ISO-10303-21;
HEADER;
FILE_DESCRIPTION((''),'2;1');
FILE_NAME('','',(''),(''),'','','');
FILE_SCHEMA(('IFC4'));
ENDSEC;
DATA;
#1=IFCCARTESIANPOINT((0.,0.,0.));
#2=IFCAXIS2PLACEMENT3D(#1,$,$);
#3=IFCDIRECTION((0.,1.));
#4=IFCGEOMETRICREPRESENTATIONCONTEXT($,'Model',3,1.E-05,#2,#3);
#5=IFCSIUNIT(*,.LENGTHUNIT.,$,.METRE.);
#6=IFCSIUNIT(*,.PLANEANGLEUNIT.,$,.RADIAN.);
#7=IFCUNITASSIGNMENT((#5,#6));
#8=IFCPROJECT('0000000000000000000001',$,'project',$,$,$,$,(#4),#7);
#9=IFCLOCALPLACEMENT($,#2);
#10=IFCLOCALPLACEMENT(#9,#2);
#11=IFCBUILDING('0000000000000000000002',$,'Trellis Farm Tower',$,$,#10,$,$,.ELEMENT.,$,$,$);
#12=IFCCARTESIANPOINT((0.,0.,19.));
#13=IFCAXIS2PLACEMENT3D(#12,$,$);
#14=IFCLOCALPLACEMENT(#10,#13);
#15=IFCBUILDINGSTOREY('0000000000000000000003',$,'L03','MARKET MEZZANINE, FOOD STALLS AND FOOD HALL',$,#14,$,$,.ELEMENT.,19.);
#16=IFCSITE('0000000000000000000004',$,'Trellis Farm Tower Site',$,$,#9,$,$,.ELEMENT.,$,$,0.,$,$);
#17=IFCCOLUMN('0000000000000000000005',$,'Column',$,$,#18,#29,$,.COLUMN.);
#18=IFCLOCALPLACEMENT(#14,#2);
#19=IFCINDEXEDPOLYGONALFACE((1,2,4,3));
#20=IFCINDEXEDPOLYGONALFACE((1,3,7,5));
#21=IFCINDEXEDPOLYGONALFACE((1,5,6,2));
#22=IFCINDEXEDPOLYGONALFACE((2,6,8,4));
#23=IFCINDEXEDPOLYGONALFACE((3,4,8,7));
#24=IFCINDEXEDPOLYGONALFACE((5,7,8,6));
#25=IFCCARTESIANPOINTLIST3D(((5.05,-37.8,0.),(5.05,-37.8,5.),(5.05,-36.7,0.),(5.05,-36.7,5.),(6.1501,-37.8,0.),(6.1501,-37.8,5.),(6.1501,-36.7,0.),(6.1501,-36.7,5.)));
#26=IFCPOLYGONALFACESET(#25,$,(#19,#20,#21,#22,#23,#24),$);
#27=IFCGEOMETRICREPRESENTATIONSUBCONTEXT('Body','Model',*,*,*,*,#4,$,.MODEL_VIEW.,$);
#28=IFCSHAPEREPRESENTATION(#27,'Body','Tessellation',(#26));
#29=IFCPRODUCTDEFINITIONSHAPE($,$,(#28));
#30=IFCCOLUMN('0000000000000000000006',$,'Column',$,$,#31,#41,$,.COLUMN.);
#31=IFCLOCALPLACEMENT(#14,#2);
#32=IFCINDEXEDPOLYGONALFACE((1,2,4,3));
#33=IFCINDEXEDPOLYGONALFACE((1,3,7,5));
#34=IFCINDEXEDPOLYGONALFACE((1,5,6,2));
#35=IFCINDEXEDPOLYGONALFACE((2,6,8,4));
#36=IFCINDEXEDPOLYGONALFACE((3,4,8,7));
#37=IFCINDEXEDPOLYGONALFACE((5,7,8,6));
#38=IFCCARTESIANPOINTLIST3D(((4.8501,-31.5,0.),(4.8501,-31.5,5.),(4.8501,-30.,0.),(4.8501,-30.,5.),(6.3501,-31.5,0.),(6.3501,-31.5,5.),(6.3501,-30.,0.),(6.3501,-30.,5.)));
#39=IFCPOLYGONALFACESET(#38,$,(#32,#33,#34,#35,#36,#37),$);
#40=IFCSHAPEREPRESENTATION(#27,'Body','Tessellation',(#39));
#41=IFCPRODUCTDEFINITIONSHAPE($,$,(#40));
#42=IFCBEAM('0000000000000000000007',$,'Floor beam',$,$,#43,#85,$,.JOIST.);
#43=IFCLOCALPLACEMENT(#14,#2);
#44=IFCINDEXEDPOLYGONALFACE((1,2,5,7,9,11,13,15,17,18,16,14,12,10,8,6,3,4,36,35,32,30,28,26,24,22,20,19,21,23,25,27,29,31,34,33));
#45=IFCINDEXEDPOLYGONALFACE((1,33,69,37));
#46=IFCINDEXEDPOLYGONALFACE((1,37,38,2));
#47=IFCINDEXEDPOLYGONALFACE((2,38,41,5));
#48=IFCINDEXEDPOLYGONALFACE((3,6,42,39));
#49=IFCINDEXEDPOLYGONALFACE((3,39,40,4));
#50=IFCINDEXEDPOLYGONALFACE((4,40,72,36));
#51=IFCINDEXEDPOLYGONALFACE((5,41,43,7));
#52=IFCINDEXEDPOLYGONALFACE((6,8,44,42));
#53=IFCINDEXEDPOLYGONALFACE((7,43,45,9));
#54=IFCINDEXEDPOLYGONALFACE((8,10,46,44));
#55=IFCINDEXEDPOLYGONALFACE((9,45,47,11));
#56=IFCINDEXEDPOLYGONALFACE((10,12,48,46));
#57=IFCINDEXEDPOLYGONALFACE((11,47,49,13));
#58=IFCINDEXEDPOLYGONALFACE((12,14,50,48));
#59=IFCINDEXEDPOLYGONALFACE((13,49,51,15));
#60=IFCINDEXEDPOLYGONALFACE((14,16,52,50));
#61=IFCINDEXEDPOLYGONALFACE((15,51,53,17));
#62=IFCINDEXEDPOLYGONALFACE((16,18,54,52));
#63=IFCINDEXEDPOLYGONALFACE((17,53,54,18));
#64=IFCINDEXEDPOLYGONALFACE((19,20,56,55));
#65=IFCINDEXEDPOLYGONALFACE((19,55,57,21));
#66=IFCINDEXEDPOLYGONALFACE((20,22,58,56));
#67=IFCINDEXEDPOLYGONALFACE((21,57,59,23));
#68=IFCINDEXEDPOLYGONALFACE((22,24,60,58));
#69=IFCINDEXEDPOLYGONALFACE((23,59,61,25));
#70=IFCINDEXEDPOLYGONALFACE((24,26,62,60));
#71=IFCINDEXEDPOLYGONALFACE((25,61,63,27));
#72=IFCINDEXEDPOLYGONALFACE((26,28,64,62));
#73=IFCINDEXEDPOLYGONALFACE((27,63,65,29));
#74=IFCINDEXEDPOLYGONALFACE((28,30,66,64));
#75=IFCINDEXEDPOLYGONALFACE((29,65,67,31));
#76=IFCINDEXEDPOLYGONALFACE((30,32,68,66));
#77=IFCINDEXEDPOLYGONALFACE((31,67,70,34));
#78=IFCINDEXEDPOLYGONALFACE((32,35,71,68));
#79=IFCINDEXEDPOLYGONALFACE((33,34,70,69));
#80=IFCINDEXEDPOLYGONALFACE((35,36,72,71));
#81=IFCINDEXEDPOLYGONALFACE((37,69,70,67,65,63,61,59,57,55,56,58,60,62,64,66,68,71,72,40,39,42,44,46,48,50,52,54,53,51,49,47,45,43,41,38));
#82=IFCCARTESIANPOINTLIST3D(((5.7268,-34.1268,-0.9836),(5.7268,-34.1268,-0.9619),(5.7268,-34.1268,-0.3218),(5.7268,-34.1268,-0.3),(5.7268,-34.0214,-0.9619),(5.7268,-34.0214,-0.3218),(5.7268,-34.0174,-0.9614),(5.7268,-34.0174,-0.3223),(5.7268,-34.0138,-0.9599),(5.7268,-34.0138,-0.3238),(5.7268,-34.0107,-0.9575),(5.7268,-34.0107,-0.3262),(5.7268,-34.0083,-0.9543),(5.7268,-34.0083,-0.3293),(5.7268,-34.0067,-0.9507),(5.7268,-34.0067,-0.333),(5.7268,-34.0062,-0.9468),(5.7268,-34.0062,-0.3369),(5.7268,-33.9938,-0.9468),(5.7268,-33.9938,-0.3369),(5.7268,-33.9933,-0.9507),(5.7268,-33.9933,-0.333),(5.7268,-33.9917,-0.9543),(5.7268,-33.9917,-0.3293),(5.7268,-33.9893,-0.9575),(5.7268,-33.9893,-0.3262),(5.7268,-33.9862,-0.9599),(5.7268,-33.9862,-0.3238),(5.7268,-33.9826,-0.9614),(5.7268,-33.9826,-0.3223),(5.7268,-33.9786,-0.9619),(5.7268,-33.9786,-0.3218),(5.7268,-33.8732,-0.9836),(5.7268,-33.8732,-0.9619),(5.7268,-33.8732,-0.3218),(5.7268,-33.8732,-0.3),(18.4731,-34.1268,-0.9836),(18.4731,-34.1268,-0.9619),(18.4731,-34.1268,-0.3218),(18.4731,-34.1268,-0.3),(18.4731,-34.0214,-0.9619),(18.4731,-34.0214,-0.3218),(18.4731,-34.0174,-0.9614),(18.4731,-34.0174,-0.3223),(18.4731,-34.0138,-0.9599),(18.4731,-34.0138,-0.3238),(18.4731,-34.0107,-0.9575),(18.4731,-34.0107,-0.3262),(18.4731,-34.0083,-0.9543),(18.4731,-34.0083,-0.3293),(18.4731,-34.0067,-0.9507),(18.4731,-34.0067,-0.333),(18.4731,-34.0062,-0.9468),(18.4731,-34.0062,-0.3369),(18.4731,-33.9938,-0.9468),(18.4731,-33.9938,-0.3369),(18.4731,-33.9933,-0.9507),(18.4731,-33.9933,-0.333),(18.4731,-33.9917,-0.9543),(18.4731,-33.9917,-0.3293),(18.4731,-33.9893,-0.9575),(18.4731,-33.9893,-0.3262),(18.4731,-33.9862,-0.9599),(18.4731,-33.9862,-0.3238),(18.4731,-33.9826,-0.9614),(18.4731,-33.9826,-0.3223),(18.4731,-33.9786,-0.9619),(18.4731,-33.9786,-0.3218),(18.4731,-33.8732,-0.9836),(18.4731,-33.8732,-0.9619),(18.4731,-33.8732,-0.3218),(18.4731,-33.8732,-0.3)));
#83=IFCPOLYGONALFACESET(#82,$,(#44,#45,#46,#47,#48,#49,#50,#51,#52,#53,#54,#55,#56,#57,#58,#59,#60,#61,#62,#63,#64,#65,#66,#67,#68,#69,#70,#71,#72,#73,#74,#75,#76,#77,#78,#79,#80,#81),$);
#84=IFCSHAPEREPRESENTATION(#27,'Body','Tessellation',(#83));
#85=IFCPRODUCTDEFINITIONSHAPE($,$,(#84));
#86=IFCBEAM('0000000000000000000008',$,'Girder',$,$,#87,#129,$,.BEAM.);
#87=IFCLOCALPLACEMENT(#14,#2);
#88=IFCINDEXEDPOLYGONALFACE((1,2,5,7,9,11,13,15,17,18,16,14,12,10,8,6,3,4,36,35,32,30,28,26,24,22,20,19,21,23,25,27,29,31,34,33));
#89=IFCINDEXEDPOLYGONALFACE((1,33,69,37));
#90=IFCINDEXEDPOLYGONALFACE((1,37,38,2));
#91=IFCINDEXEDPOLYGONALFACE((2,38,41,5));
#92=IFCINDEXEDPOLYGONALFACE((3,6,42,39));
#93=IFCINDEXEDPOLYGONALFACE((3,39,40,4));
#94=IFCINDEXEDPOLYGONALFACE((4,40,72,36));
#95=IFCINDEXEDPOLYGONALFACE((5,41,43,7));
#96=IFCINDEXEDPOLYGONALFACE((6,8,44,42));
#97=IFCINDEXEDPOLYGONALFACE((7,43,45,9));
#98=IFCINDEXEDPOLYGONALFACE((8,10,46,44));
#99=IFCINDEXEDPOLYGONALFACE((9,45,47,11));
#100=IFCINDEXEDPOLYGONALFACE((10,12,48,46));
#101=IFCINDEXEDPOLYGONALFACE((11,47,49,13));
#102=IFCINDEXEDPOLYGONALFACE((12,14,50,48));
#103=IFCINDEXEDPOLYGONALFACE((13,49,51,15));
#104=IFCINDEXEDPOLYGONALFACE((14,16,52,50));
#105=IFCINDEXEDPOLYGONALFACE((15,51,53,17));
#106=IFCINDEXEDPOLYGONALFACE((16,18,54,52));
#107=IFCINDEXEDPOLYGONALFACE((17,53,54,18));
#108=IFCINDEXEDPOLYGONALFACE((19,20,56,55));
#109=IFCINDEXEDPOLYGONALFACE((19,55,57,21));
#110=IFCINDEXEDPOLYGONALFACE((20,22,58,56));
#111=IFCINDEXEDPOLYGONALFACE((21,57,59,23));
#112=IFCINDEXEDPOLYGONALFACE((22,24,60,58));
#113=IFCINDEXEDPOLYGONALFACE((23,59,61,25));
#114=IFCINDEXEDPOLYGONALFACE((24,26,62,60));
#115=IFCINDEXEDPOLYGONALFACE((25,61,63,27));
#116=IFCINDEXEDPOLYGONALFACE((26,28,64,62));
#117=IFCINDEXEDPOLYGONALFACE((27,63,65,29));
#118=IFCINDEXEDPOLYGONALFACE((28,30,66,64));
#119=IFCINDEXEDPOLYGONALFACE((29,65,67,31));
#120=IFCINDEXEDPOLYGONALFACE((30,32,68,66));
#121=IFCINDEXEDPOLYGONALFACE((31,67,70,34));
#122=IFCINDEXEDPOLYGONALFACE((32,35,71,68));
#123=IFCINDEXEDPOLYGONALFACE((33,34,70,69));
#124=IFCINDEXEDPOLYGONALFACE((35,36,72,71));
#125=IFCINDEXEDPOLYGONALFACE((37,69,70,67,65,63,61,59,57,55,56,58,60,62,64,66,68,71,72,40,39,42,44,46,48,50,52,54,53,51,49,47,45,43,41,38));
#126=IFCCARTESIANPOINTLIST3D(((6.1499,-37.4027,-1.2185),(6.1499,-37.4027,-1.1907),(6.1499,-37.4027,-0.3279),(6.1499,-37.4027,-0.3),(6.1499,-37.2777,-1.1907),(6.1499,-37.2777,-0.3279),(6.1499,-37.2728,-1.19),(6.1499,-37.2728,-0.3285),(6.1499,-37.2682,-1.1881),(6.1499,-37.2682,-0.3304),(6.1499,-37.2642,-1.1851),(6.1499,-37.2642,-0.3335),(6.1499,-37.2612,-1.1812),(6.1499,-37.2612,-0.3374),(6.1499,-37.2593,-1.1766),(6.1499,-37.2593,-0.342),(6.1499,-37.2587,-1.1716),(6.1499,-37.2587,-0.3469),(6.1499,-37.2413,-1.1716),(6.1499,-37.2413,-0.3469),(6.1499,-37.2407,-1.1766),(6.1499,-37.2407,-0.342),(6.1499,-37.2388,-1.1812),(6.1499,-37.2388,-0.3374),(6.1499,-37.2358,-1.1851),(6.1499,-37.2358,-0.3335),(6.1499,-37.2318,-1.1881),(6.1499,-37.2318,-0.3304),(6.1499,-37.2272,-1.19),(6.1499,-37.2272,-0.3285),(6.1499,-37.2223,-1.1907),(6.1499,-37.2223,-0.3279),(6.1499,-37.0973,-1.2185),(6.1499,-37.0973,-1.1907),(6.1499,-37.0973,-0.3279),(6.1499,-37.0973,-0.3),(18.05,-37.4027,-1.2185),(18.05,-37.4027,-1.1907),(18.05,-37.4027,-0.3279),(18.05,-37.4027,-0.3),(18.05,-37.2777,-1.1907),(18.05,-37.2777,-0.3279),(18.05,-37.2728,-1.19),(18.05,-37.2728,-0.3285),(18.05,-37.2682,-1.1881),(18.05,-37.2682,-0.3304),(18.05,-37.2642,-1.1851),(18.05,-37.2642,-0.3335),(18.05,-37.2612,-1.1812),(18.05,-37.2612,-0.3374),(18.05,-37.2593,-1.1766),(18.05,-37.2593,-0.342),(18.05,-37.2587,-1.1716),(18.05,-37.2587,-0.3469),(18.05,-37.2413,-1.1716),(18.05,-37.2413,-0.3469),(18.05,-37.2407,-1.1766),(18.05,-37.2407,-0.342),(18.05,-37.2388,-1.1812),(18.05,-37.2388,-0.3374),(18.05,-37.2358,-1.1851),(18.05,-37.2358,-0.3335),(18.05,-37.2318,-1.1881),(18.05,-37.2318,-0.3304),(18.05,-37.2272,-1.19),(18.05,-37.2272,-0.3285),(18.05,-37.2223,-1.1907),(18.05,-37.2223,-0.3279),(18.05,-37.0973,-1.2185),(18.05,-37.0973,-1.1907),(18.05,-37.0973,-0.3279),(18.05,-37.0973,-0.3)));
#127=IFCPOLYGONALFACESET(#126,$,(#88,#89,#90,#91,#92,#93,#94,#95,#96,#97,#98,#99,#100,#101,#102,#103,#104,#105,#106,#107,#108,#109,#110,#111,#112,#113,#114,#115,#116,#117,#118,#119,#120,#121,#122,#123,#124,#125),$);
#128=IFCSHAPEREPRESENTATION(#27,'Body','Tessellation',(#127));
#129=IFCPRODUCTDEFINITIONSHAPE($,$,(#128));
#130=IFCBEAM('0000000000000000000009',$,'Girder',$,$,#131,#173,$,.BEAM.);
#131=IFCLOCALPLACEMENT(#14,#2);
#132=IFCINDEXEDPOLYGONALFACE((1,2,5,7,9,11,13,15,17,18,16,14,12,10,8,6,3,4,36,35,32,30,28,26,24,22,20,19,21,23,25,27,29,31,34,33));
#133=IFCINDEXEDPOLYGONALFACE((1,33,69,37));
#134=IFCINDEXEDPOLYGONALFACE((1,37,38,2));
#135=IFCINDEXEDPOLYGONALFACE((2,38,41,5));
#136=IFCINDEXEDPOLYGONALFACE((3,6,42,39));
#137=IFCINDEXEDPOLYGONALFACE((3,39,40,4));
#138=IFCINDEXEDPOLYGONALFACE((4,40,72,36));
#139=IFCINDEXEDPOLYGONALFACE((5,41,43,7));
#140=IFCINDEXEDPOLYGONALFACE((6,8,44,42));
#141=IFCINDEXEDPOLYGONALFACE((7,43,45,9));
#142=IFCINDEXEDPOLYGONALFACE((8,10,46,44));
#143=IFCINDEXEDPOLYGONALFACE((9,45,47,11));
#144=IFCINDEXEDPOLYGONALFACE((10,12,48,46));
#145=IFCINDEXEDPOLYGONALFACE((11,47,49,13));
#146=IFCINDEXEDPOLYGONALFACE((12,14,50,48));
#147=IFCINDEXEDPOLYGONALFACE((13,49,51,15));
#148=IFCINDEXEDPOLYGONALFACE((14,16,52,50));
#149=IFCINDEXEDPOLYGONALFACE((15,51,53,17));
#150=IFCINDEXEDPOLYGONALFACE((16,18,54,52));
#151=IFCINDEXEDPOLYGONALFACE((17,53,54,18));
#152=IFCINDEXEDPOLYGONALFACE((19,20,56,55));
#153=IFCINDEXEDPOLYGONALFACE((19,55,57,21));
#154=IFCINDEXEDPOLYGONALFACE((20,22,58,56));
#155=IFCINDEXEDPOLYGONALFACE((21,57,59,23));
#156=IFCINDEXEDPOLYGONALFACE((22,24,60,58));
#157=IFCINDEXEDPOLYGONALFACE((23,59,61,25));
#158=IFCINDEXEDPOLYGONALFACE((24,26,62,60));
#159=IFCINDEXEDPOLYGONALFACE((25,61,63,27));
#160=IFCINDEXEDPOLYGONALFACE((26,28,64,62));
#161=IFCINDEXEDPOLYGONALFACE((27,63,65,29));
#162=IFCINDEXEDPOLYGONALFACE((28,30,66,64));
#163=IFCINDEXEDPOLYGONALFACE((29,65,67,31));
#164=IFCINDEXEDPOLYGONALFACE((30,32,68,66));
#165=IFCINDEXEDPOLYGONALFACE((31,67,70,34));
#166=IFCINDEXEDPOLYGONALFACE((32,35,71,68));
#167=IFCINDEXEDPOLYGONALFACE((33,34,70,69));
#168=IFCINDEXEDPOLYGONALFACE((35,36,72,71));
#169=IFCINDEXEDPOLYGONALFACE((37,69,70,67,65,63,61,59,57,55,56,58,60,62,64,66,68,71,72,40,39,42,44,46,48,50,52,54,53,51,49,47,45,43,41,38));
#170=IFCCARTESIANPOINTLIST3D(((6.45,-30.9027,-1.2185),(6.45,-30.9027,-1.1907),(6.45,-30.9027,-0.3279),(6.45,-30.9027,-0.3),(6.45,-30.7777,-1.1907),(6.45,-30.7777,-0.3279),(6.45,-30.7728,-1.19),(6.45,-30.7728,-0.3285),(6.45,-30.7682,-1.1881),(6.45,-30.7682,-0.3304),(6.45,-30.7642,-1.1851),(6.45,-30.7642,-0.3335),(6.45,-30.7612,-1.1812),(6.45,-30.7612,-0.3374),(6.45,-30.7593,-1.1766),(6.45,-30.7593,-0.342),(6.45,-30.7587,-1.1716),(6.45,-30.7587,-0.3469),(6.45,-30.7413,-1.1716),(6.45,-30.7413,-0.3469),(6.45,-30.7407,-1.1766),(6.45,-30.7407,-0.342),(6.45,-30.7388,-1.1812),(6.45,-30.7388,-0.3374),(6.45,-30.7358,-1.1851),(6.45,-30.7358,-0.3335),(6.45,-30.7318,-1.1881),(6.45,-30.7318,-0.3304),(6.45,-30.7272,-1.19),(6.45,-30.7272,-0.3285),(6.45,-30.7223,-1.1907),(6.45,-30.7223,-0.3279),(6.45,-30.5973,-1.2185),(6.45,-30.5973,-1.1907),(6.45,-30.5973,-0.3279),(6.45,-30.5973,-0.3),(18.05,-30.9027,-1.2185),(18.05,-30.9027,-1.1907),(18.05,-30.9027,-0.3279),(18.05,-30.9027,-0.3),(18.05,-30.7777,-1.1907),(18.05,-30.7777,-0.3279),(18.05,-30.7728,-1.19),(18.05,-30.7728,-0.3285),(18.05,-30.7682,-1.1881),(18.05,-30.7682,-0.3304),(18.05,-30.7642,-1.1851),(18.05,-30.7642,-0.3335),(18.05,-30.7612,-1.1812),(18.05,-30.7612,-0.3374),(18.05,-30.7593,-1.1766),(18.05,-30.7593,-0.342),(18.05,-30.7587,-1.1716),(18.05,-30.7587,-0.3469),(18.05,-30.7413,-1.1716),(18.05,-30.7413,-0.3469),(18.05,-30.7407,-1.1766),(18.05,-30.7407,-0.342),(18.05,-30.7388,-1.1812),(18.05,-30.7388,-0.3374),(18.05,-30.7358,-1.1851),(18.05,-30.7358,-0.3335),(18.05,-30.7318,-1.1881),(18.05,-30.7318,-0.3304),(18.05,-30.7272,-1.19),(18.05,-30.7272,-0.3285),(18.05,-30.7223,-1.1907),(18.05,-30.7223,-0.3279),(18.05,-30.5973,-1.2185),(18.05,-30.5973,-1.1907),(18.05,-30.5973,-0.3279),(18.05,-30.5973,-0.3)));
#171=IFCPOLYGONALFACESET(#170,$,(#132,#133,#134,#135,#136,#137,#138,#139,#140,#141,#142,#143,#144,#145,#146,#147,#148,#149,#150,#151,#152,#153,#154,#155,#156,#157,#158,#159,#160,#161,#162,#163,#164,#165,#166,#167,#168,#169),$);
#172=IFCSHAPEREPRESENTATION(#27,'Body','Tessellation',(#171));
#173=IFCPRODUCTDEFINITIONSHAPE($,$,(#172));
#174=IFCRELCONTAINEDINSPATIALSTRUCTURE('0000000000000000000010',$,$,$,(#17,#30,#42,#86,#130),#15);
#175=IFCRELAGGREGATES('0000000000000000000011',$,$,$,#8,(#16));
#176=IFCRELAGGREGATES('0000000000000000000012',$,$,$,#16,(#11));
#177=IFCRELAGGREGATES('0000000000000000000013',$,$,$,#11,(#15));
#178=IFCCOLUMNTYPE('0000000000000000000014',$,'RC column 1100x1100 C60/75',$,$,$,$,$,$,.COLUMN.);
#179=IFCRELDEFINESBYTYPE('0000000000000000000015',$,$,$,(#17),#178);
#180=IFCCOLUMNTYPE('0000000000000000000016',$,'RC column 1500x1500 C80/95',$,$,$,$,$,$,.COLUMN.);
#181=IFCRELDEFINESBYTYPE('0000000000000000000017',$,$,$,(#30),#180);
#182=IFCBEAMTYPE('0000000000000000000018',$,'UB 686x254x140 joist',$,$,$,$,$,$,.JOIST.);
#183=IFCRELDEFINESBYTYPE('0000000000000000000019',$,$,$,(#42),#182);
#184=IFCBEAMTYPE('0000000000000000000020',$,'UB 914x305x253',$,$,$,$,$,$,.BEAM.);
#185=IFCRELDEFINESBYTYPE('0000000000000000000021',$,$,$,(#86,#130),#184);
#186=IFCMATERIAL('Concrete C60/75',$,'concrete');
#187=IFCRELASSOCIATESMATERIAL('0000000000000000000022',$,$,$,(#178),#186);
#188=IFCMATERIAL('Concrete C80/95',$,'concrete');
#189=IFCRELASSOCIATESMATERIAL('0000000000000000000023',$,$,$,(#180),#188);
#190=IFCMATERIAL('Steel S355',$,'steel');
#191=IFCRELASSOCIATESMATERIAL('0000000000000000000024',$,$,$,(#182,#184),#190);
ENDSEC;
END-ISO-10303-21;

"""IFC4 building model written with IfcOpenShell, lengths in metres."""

from ifc_helpers import new_model, si_unit, direction, frame, origin, origin_2d, place, context, subcontext, project, spatial, rectangle, i_section, extrude, source, transform, mapped, material, material_profile, profile_set, type_object, element, save


model = new_model("IFC4")

# Units and contexts
model_context = context("Model", 3, precision=1e-05, world=origin(), true_north=direction((0.0, 1.0)))
body_context = subcontext(model_context, "Body", "Model", "MODEL_VIEW")
ifc_project = project(units=[si_unit("LENGTHUNIT", "METRE"), si_unit("PLANEANGLEUNIT", "RADIAN")], contexts=[model_context])

# Site, building, storey
site_placement = place(None, origin())
site = spatial("IfcSite", under=ifc_project, at=site_placement, Name="Trellis Farm Tower Site", CompositionType="ELEMENT", RefElevation=0.0)
building_placement = place(site_placement, origin())
building = spatial("IfcBuilding", under=site, at=building_placement, Name="Trellis Farm Tower", CompositionType="ELEMENT")
storey_placement = place(building_placement, frame((0.0, 0.0, 19.0)))
storey = spatial("IfcBuildingStorey", under=building, at=storey_placement, Name="L03", Description="MARKET MEZZANINE, FOOD STALLS AND FOOD HALL", CompositionType="ELEMENT", Elevation=19.0)

# Columns
ifc_material_1 = material(Name="Concrete C60/75", Category="concrete")
ifc_material_profile_1 = material_profile(ifc_material_1, rectangle(XDim=1.1001, YDim=1.1001, at=origin_2d()), Name="RC column 1100x1100 C60/75")
ifc_profile_set_1 = profile_set([ifc_material_profile_1], Name="Concrete C60/75")
column_type_1 = type_object("IfcColumnType", Name="RC column 1100x1100 C60/75", PredefinedType="COLUMN", material=ifc_profile_set_1)
shared_shape_1 = source(origin(), body_context, "Body", "SweptSolid", [
    extrude(rectangle(XDim=1.1001, YDim=1.1001, at=origin_2d()), origin(), (0.0, 0.0, 1.0), 5.0),
])
column_1_placement = place(storey_placement, frame((5.6001, -37.25, 0.0), z_axis=(0.0, 0.0, 1.0), x_axis=(1.0, 0.0, 0.0)))
element("IfcColumn", 1, at=column_1_placement, inside=storey, type_object=column_type_1, Name="Column", PredefinedType="COLUMN", context=body_context, shape_type="MappedRepresentation", body=[
    mapped(shared_shape_1, transform((0.0, 0.0, 0.0))),
])
ifc_material_2 = material(Name="Concrete C80/95", Category="concrete")
ifc_material_profile_2 = material_profile(ifc_material_2, rectangle(XDim=1.5, YDim=1.5, at=origin_2d()), Name="RC column 1500x1500 C80/95")
ifc_profile_set_2 = profile_set([ifc_material_profile_2], Name="Concrete C80/95")
column_type_2 = type_object("IfcColumnType", Name="RC column 1500x1500 C80/95", PredefinedType="COLUMN", material=ifc_profile_set_2)
shared_shape_2 = source(origin(), body_context, "Body", "SweptSolid", [
    extrude(rectangle(XDim=1.5, YDim=1.5, at=origin_2d()), origin(), (0.0, 0.0, 1.0), 5.0),
])
column_2_placement = place(storey_placement, frame((5.6001, -30.75, 0.0), z_axis=(0.0, 0.0, 1.0), x_axis=(1.0, 0.0, 0.0)))
element("IfcColumn", 2, at=column_2_placement, inside=storey, type_object=column_type_2, Name="Column", PredefinedType="COLUMN", context=body_context, shape_type="MappedRepresentation", body=[
    mapped(shared_shape_2, transform((0.0, 0.0, 0.0))),
])

# Beams
ifc_material_3 = material(Name="Steel S355", Category="steel")
ifc_material_profile_3 = material_profile(ifc_material_3, i_section(OverallWidth=0.2537, OverallDepth=0.6836, WebThickness=0.0125, FlangeThickness=0.0217, FilletRadius=0.0151, at=origin_2d()), Name="UB 686x254x140")
ifc_profile_set_3 = profile_set([ifc_material_profile_3], Name="Steel S355")
beam_type_1 = type_object("IfcBeamType", Name="UB 686x254x140 joist", PredefinedType="JOIST", material=ifc_profile_set_3)
shared_shape_3 = source(origin(), body_context, "Body", "SweptSolid", [
    extrude(i_section(OverallWidth=0.2537, OverallDepth=0.6836, WebThickness=0.0125, FlangeThickness=0.0217, FilletRadius=0.0151, at=origin_2d()), origin(), (0.0, 0.0, 1.0), 12.7463),
])
beam_1_placement = place(storey_placement, frame((5.7268, -34.0, -0.6418), z_axis=(1.0, 0.0, 0.0), x_axis=(0.0, 1.0, 0.0)))
element("IfcBeam", 3, at=beam_1_placement, inside=storey, type_object=beam_type_1, Name="Floor beam", PredefinedType="JOIST", context=body_context, shape_type="MappedRepresentation", body=[
    mapped(shared_shape_3, transform((0.0, 0.0, 0.0))),
])
ifc_material_profile_4 = material_profile(ifc_material_3, i_section(OverallWidth=0.3054, OverallDepth=0.9185, WebThickness=0.0173, FlangeThickness=0.0278, FilletRadius=0.019, at=origin_2d()), Name="UB 914x305x253")
ifc_profile_set_4 = profile_set([ifc_material_profile_4], Name="Steel S355")
beam_type_2 = type_object("IfcBeamType", Name="UB 914x305x253", PredefinedType="BEAM", material=ifc_profile_set_4)
shared_shape_4 = source(origin(), body_context, "Body", "SweptSolid", [
    extrude(i_section(OverallWidth=0.3054, OverallDepth=0.9185, WebThickness=0.0173, FlangeThickness=0.0278, FilletRadius=0.019, at=origin_2d()), origin(), (0.0, 0.0, 1.0), 11.9001),
])
beam_2_placement = place(storey_placement, frame((6.1499, -37.25, -0.7593), z_axis=(1.0, 0.0, 0.0), x_axis=(0.0, 1.0, 0.0)))
element("IfcBeam", 4, at=beam_2_placement, inside=storey, type_object=beam_type_2, Name="Girder", PredefinedType="BEAM", context=body_context, shape_type="MappedRepresentation", body=[
    mapped(shared_shape_4, transform((0.0, 0.0, 0.0))),
])
shared_shape_5 = source(origin(), body_context, "Body", "SweptSolid", [
    extrude(i_section(OverallWidth=0.3054, OverallDepth=0.9185, WebThickness=0.0173, FlangeThickness=0.0278, FilletRadius=0.019, at=origin_2d()), origin(), (0.0, 0.0, 1.0), 11.6001),
])
beam_3_placement = place(storey_placement, frame((6.45, -30.75, -0.7593), z_axis=(1.0, 0.0, 0.0), x_axis=(0.0, 1.0, 0.0)))
element("IfcBeam", 5, at=beam_3_placement, inside=storey, type_object=beam_type_2, Name="Girder", PredefinedType="BEAM", context=body_context, shape_type="MappedRepresentation", body=[
    mapped(shared_shape_5, transform((0.0, 0.0, 0.0))),
])

save(model, "model.ifc")
